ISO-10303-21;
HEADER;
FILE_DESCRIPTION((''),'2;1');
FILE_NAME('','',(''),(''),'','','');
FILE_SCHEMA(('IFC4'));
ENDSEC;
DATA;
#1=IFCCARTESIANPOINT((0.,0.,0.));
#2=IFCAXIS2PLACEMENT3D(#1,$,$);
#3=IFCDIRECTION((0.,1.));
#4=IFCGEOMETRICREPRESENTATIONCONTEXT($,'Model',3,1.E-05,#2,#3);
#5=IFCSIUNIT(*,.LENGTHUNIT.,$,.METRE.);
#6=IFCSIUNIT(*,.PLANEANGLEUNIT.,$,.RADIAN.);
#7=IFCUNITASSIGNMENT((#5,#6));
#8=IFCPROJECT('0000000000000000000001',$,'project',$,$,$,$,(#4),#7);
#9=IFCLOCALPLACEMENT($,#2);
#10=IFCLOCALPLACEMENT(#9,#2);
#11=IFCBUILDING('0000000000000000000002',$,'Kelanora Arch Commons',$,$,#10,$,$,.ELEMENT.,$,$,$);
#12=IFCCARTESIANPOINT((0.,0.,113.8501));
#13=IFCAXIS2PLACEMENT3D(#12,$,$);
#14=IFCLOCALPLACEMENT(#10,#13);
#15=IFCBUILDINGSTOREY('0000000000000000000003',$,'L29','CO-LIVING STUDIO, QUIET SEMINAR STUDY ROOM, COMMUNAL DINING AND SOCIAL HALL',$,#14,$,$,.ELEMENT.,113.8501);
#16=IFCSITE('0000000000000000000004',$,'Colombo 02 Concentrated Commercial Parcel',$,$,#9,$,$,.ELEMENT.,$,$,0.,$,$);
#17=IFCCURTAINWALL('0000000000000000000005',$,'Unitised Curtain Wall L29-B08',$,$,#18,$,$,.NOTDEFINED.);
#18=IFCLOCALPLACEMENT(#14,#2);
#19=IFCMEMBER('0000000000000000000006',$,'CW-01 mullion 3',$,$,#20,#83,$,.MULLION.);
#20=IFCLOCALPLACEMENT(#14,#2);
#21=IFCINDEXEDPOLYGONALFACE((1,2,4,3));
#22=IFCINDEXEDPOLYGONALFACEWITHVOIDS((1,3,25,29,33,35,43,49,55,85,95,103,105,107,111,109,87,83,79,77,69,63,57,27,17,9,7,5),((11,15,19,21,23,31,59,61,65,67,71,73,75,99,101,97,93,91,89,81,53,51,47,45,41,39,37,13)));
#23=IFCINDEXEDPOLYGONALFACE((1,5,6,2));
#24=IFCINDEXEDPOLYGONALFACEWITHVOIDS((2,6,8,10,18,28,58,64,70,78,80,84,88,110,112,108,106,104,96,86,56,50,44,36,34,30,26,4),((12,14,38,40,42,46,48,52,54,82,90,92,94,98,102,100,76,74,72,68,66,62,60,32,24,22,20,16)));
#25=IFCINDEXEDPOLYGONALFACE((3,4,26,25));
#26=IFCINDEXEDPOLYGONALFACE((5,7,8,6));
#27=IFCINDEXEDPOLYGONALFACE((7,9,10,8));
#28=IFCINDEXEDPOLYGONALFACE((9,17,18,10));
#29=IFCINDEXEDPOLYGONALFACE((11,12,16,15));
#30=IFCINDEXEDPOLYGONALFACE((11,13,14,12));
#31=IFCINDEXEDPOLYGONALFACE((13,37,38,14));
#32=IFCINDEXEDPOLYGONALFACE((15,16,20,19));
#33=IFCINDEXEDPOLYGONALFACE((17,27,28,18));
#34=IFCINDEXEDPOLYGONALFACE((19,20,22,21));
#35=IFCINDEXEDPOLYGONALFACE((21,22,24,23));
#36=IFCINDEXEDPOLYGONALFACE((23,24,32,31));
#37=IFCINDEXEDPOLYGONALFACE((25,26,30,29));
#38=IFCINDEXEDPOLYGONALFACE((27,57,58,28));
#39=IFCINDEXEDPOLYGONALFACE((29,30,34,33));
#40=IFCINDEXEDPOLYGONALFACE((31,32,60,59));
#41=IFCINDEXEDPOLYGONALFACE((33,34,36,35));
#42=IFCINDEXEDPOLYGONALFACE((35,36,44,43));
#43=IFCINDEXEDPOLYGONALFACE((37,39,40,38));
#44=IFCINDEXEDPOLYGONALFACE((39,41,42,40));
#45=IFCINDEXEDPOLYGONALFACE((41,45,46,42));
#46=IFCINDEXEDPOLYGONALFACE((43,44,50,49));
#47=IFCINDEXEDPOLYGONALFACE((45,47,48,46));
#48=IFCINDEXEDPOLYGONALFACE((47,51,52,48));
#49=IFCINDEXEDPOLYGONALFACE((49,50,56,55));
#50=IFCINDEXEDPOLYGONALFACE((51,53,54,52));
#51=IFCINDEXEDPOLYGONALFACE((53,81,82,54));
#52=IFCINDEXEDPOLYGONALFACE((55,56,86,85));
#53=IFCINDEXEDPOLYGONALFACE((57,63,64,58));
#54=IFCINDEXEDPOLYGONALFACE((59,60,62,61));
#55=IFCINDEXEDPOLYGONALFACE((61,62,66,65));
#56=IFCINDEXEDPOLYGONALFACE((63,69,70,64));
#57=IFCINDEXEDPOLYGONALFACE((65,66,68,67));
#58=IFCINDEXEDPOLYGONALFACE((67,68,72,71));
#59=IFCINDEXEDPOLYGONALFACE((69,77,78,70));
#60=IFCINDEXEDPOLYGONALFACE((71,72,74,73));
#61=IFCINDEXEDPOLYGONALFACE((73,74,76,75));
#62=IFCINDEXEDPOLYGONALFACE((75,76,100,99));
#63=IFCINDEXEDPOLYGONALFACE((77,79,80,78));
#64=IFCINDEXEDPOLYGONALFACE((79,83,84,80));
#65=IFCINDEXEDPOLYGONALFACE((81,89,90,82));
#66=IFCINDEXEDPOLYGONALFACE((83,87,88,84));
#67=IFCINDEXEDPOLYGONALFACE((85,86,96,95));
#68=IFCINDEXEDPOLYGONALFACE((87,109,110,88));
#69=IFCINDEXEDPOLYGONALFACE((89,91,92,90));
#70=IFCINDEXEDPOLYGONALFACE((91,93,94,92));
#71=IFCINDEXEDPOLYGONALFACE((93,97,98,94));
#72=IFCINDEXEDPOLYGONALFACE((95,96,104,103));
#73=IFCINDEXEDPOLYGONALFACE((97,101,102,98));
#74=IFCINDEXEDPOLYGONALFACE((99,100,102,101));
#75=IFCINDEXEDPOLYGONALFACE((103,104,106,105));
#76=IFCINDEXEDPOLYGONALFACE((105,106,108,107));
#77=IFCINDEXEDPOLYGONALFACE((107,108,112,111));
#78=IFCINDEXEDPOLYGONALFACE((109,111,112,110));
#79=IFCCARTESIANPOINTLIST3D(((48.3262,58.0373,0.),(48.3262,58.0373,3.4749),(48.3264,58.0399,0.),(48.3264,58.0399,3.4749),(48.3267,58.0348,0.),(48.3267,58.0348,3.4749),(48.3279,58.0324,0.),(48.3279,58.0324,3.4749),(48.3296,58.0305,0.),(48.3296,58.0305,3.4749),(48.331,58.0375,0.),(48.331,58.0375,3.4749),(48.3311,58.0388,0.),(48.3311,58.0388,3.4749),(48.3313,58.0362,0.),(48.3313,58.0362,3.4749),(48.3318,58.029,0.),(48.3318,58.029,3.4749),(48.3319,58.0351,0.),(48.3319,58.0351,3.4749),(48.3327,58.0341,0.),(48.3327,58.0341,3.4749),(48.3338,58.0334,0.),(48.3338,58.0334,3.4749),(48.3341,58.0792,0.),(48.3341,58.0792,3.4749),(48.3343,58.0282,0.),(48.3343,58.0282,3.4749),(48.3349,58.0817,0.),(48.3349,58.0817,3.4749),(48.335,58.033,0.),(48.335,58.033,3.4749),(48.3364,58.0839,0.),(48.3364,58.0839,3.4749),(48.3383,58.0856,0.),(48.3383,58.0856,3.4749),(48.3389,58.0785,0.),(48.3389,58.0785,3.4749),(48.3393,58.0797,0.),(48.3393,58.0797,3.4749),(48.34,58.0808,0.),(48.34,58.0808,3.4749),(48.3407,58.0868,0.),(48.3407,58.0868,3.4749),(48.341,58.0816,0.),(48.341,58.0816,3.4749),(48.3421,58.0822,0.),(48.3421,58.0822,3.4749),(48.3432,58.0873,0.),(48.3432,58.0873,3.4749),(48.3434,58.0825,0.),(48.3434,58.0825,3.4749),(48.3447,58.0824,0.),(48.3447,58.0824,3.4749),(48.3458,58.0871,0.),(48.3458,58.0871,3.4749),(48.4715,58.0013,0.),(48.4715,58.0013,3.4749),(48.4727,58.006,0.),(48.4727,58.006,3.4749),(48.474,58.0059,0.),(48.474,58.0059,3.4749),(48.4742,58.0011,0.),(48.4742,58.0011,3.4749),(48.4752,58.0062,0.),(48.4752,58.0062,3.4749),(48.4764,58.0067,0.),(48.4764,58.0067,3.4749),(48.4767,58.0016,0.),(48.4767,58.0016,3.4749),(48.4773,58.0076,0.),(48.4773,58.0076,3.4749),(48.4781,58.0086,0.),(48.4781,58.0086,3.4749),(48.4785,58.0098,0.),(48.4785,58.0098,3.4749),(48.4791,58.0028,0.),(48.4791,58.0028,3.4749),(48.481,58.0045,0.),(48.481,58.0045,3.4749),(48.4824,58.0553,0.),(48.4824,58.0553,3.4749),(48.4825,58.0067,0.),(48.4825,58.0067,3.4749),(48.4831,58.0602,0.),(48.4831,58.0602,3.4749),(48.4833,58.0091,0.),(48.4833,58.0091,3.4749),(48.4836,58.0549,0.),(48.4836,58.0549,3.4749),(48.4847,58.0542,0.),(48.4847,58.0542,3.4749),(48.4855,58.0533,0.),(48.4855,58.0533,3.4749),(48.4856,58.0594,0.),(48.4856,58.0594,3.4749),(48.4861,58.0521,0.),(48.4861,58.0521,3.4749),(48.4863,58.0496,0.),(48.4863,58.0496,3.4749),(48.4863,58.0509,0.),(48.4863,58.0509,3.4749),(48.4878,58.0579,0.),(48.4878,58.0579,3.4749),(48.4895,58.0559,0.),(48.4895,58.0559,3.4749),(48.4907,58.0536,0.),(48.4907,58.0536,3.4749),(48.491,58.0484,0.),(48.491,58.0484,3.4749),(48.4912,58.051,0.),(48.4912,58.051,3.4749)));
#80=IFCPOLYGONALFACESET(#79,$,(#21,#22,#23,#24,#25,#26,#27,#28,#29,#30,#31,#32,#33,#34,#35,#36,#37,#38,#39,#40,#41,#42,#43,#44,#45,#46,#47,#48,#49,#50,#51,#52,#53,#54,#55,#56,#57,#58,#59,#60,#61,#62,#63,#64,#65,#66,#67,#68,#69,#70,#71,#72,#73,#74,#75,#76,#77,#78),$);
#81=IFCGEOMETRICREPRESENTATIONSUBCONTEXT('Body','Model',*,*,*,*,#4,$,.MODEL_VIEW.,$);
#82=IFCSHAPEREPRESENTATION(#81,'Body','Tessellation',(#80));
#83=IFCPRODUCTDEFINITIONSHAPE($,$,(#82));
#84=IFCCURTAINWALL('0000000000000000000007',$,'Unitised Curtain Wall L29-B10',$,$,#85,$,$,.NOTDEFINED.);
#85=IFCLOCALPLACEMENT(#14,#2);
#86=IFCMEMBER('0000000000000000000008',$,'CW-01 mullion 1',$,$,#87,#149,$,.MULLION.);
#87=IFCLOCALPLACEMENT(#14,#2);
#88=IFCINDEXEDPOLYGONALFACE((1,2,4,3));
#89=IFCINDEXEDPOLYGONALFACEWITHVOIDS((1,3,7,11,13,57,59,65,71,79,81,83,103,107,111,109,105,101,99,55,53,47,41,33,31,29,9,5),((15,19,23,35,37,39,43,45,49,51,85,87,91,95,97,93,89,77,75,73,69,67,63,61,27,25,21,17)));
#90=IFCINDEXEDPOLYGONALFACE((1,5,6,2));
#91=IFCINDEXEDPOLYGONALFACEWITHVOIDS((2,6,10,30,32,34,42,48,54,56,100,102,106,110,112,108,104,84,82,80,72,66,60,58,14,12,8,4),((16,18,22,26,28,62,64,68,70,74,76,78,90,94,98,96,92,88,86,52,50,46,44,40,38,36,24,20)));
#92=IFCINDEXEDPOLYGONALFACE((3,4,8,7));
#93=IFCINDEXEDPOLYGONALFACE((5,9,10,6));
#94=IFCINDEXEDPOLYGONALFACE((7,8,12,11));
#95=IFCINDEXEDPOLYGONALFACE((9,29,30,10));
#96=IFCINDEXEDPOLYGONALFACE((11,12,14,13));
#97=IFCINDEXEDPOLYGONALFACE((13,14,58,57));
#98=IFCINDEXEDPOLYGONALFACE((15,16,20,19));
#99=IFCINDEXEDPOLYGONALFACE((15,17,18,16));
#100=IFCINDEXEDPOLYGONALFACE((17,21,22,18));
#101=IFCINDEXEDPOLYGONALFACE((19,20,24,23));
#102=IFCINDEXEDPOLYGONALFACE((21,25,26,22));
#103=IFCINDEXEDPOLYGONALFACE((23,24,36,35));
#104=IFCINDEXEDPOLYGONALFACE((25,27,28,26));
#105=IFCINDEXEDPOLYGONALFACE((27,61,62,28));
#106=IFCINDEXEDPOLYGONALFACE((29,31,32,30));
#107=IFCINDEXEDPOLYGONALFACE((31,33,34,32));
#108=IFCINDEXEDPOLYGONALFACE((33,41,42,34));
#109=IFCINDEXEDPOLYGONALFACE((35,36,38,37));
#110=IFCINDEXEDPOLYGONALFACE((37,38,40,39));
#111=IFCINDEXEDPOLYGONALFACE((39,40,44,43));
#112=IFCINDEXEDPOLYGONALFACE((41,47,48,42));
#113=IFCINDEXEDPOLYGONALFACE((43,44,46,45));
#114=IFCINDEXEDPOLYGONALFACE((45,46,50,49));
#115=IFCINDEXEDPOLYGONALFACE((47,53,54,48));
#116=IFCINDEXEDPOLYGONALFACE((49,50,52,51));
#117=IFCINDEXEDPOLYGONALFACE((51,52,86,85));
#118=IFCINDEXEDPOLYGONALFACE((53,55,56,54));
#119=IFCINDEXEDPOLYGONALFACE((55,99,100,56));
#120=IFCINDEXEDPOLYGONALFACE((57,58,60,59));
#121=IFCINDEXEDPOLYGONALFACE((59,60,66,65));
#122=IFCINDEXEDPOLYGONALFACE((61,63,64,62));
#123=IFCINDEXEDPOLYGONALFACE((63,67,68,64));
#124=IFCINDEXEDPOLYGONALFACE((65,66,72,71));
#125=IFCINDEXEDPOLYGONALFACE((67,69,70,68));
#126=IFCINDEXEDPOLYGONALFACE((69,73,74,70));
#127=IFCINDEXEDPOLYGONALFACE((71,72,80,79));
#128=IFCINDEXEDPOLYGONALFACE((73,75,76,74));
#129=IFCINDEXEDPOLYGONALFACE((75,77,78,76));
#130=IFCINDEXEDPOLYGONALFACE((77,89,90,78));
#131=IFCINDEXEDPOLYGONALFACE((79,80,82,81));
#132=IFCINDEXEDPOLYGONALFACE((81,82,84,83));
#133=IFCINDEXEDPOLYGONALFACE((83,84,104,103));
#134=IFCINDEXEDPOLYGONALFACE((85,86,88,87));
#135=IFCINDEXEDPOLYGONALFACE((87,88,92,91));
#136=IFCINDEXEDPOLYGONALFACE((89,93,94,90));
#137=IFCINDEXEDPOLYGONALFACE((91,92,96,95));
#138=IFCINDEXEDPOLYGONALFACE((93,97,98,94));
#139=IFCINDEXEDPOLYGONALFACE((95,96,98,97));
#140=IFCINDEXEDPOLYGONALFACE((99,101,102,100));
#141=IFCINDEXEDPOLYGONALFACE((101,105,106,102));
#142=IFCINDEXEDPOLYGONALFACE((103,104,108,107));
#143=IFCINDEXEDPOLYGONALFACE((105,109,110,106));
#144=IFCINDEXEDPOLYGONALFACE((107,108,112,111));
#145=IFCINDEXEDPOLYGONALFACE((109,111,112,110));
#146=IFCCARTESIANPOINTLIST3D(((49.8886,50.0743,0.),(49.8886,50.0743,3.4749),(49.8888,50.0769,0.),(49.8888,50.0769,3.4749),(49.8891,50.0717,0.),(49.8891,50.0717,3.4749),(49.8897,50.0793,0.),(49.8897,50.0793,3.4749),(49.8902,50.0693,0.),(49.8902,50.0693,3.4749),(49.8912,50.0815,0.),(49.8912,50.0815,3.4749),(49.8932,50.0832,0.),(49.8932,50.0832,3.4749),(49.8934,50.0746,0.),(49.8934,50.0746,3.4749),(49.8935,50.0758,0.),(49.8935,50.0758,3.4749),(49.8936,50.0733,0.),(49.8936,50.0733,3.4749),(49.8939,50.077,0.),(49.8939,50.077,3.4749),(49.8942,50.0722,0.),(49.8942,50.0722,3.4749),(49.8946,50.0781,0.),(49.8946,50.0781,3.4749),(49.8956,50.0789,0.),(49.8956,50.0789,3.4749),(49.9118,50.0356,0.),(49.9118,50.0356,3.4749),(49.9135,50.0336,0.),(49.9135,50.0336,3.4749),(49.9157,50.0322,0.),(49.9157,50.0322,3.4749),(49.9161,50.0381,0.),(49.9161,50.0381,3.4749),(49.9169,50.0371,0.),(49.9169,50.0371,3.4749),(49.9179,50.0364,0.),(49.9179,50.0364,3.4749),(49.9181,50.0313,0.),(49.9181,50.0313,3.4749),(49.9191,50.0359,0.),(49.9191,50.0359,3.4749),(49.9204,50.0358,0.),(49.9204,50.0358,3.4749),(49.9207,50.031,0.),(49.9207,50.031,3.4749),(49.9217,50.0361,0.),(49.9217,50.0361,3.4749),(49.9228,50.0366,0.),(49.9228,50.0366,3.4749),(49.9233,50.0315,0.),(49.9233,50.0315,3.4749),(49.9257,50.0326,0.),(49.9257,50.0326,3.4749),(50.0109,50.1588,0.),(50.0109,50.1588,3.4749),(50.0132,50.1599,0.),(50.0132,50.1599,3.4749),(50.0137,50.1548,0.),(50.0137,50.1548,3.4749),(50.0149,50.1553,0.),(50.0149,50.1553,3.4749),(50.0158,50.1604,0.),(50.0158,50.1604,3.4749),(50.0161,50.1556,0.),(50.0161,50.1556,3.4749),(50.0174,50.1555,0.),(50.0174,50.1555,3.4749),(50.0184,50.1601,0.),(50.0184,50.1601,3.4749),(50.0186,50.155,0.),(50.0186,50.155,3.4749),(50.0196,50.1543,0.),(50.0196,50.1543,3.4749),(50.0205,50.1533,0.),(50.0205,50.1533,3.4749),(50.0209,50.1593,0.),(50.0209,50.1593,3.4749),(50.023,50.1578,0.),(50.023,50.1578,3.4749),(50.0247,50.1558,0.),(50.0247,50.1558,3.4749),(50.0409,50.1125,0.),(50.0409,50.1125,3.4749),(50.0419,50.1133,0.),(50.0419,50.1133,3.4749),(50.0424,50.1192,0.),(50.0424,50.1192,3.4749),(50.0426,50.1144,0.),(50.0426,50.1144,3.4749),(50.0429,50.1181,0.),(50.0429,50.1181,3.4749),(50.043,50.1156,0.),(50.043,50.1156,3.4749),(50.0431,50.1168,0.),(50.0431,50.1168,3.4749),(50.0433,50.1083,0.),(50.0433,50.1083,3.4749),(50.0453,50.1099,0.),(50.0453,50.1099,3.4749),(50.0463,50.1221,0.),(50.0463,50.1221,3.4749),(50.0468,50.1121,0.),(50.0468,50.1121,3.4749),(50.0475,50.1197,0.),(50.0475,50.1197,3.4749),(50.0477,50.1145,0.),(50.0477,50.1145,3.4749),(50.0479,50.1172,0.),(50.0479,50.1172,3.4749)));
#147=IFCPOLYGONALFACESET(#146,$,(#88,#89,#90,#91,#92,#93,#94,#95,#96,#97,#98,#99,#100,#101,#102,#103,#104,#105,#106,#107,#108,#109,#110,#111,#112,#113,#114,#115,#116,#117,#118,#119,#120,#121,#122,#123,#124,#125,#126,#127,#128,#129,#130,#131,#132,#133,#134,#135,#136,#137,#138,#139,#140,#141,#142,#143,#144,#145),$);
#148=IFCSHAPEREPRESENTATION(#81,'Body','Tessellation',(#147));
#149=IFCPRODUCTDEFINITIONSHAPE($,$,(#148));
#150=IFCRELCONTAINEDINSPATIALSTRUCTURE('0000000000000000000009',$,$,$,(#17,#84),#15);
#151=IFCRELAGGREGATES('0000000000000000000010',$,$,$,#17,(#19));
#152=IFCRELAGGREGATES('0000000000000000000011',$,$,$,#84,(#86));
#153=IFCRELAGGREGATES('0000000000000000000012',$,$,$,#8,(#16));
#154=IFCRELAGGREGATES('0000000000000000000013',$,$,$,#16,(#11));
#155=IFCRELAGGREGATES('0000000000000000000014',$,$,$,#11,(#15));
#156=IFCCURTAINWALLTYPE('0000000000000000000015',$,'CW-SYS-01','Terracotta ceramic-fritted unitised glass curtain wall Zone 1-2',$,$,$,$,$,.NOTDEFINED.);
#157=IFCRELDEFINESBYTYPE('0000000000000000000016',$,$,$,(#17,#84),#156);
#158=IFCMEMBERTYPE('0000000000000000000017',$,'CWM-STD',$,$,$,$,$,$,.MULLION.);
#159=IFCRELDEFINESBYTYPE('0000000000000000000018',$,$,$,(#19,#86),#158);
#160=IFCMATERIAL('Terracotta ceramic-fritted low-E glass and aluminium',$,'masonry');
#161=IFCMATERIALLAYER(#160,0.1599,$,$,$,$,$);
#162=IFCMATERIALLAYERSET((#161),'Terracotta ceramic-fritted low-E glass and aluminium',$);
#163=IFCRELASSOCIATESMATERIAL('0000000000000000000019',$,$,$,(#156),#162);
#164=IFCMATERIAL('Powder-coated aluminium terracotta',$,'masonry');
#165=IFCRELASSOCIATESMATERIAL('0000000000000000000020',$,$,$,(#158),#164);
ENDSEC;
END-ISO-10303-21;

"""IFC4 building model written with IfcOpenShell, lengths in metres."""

from ifc_helpers import new_model, si_unit, direction, frame, origin, origin_2d, place, context, subcontext, project, spatial, hollow_rectangle, extrude, material, layer, layer_set, material_profile, profile_set, type_object, element, aggregate, save


model = new_model("IFC4")

# Units and contexts
model_context = context("Model", 3, precision=1e-05, world=origin(), true_north=direction((0.0, 1.0)))
body_context = subcontext(model_context, "Body", "Model", "MODEL_VIEW")
ifc_project = project(units=[si_unit("LENGTHUNIT", "METRE"), si_unit("PLANEANGLEUNIT", "RADIAN")], contexts=[model_context])

# Site, building, storey
site_placement = place(None, origin())
site = spatial("IfcSite", under=ifc_project, at=site_placement, Name="Colombo 02 Concentrated Commercial Parcel", CompositionType="ELEMENT", RefElevation=0.0)
building_placement = place(site_placement, origin())
building = spatial("IfcBuilding", under=site, at=building_placement, Name="Kelanora Arch Commons", CompositionType="ELEMENT")
storey_placement = place(building_placement, frame((0.0, 0.0, 113.8501)))
storey = spatial("IfcBuildingStorey", under=building, at=storey_placement, Name="L29", Description="CO-LIVING STUDIO, QUIET SEMINAR STUDY ROOM, COMMUNAL DINING AND SOCIAL HALL", CompositionType="ELEMENT", Elevation=113.8501)

# Curtain wall, member
ifc_material_1 = material(Name="Terracotta ceramic-fritted low-E glass and aluminium", Category="masonry")
ifc_layer_1 = layer(ifc_material_1, 0.1599)
ifc_layer_set_1 = layer_set([ifc_layer_1], Name="Terracotta ceramic-fritted low-E glass and aluminium")
curtain_wall_type = type_object("IfcCurtainWallType", Name="CW-SYS-01", Description="Terracotta ceramic-fritted unitised glass curtain wall Zone 1-2", PredefinedType="NOTDEFINED", material=ifc_layer_set_1)
curtain_wall_1_placement = place(storey_placement, origin())
curtain_wall_1 = element("IfcCurtainWall", 1, at=curtain_wall_1_placement, inside=storey, type_object=curtain_wall_type, Name="Unitised Curtain Wall L29-B08", PredefinedType="NOTDEFINED")
ifc_material_2 = material(Name="Powder-coated aluminium terracotta", Category="masonry")
ifc_material_profile_1 = material_profile(ifc_material_2, hollow_rectangle(XDim=0.1599, YDim=0.0601, WallThickness=0.0049, InnerFilletRadius=0.0049, OuterFilletRadius=0.01, at=origin_2d()), Name="CWM160x60")
ifc_profile_set_1 = profile_set([ifc_material_profile_1], Name="Powder-coated aluminium terracotta")
member_type_1 = type_object("IfcMemberType", Name="CWM-STD", PredefinedType="MULLION", material=ifc_profile_set_1)
member_1_placement = place(storey_placement, frame((48.4087, 58.0442, 0.0), z_axis=(0.0, 0.0, 1.0), x_axis=(0.98128, -0.192585, 0.0)))
member_1 = element("IfcMember", 2, at=member_1_placement, type_object=member_type_1, Name="CW-01 mullion 3", PredefinedType="MULLION", context=body_context, shape_type="SweptSolid", body=[
    extrude(hollow_rectangle(XDim=0.1599, YDim=0.0601, WallThickness=0.0049, InnerFilletRadius=0.0049, OuterFilletRadius=0.01, at=origin_2d()), origin(), (0.0, 0.0, 1.0), 3.4749),
])
aggregate(curtain_wall_1, [member_1])

# Curtain wall, member
curtain_wall_2_placement = place(storey_placement, origin())
curtain_wall_2 = element("IfcCurtainWall", 3, at=curtain_wall_2_placement, inside=storey, type_object=curtain_wall_type, Name="Unitised Curtain Wall L29-B10", PredefinedType="NOTDEFINED")
member_2_placement = place(storey_placement, frame((49.9683, 50.0957, 0.0), z_axis=(0.0, 0.0, 1.0), x_axis=(0.841269, 0.540617, 0.0)))
member_2 = element("IfcMember", 4, at=member_2_placement, type_object=member_type_1, Name="CW-01 mullion 1", PredefinedType="MULLION", context=body_context, shape_type="SweptSolid", body=[
    extrude(hollow_rectangle(XDim=0.1599, YDim=0.0601, WallThickness=0.0049, InnerFilletRadius=0.0049, OuterFilletRadius=0.01, at=origin_2d()), origin(), (0.0, 0.0, 1.0), 3.4749),
])

aggregate(curtain_wall_2, [member_2])

save(model, "model.ifc")
